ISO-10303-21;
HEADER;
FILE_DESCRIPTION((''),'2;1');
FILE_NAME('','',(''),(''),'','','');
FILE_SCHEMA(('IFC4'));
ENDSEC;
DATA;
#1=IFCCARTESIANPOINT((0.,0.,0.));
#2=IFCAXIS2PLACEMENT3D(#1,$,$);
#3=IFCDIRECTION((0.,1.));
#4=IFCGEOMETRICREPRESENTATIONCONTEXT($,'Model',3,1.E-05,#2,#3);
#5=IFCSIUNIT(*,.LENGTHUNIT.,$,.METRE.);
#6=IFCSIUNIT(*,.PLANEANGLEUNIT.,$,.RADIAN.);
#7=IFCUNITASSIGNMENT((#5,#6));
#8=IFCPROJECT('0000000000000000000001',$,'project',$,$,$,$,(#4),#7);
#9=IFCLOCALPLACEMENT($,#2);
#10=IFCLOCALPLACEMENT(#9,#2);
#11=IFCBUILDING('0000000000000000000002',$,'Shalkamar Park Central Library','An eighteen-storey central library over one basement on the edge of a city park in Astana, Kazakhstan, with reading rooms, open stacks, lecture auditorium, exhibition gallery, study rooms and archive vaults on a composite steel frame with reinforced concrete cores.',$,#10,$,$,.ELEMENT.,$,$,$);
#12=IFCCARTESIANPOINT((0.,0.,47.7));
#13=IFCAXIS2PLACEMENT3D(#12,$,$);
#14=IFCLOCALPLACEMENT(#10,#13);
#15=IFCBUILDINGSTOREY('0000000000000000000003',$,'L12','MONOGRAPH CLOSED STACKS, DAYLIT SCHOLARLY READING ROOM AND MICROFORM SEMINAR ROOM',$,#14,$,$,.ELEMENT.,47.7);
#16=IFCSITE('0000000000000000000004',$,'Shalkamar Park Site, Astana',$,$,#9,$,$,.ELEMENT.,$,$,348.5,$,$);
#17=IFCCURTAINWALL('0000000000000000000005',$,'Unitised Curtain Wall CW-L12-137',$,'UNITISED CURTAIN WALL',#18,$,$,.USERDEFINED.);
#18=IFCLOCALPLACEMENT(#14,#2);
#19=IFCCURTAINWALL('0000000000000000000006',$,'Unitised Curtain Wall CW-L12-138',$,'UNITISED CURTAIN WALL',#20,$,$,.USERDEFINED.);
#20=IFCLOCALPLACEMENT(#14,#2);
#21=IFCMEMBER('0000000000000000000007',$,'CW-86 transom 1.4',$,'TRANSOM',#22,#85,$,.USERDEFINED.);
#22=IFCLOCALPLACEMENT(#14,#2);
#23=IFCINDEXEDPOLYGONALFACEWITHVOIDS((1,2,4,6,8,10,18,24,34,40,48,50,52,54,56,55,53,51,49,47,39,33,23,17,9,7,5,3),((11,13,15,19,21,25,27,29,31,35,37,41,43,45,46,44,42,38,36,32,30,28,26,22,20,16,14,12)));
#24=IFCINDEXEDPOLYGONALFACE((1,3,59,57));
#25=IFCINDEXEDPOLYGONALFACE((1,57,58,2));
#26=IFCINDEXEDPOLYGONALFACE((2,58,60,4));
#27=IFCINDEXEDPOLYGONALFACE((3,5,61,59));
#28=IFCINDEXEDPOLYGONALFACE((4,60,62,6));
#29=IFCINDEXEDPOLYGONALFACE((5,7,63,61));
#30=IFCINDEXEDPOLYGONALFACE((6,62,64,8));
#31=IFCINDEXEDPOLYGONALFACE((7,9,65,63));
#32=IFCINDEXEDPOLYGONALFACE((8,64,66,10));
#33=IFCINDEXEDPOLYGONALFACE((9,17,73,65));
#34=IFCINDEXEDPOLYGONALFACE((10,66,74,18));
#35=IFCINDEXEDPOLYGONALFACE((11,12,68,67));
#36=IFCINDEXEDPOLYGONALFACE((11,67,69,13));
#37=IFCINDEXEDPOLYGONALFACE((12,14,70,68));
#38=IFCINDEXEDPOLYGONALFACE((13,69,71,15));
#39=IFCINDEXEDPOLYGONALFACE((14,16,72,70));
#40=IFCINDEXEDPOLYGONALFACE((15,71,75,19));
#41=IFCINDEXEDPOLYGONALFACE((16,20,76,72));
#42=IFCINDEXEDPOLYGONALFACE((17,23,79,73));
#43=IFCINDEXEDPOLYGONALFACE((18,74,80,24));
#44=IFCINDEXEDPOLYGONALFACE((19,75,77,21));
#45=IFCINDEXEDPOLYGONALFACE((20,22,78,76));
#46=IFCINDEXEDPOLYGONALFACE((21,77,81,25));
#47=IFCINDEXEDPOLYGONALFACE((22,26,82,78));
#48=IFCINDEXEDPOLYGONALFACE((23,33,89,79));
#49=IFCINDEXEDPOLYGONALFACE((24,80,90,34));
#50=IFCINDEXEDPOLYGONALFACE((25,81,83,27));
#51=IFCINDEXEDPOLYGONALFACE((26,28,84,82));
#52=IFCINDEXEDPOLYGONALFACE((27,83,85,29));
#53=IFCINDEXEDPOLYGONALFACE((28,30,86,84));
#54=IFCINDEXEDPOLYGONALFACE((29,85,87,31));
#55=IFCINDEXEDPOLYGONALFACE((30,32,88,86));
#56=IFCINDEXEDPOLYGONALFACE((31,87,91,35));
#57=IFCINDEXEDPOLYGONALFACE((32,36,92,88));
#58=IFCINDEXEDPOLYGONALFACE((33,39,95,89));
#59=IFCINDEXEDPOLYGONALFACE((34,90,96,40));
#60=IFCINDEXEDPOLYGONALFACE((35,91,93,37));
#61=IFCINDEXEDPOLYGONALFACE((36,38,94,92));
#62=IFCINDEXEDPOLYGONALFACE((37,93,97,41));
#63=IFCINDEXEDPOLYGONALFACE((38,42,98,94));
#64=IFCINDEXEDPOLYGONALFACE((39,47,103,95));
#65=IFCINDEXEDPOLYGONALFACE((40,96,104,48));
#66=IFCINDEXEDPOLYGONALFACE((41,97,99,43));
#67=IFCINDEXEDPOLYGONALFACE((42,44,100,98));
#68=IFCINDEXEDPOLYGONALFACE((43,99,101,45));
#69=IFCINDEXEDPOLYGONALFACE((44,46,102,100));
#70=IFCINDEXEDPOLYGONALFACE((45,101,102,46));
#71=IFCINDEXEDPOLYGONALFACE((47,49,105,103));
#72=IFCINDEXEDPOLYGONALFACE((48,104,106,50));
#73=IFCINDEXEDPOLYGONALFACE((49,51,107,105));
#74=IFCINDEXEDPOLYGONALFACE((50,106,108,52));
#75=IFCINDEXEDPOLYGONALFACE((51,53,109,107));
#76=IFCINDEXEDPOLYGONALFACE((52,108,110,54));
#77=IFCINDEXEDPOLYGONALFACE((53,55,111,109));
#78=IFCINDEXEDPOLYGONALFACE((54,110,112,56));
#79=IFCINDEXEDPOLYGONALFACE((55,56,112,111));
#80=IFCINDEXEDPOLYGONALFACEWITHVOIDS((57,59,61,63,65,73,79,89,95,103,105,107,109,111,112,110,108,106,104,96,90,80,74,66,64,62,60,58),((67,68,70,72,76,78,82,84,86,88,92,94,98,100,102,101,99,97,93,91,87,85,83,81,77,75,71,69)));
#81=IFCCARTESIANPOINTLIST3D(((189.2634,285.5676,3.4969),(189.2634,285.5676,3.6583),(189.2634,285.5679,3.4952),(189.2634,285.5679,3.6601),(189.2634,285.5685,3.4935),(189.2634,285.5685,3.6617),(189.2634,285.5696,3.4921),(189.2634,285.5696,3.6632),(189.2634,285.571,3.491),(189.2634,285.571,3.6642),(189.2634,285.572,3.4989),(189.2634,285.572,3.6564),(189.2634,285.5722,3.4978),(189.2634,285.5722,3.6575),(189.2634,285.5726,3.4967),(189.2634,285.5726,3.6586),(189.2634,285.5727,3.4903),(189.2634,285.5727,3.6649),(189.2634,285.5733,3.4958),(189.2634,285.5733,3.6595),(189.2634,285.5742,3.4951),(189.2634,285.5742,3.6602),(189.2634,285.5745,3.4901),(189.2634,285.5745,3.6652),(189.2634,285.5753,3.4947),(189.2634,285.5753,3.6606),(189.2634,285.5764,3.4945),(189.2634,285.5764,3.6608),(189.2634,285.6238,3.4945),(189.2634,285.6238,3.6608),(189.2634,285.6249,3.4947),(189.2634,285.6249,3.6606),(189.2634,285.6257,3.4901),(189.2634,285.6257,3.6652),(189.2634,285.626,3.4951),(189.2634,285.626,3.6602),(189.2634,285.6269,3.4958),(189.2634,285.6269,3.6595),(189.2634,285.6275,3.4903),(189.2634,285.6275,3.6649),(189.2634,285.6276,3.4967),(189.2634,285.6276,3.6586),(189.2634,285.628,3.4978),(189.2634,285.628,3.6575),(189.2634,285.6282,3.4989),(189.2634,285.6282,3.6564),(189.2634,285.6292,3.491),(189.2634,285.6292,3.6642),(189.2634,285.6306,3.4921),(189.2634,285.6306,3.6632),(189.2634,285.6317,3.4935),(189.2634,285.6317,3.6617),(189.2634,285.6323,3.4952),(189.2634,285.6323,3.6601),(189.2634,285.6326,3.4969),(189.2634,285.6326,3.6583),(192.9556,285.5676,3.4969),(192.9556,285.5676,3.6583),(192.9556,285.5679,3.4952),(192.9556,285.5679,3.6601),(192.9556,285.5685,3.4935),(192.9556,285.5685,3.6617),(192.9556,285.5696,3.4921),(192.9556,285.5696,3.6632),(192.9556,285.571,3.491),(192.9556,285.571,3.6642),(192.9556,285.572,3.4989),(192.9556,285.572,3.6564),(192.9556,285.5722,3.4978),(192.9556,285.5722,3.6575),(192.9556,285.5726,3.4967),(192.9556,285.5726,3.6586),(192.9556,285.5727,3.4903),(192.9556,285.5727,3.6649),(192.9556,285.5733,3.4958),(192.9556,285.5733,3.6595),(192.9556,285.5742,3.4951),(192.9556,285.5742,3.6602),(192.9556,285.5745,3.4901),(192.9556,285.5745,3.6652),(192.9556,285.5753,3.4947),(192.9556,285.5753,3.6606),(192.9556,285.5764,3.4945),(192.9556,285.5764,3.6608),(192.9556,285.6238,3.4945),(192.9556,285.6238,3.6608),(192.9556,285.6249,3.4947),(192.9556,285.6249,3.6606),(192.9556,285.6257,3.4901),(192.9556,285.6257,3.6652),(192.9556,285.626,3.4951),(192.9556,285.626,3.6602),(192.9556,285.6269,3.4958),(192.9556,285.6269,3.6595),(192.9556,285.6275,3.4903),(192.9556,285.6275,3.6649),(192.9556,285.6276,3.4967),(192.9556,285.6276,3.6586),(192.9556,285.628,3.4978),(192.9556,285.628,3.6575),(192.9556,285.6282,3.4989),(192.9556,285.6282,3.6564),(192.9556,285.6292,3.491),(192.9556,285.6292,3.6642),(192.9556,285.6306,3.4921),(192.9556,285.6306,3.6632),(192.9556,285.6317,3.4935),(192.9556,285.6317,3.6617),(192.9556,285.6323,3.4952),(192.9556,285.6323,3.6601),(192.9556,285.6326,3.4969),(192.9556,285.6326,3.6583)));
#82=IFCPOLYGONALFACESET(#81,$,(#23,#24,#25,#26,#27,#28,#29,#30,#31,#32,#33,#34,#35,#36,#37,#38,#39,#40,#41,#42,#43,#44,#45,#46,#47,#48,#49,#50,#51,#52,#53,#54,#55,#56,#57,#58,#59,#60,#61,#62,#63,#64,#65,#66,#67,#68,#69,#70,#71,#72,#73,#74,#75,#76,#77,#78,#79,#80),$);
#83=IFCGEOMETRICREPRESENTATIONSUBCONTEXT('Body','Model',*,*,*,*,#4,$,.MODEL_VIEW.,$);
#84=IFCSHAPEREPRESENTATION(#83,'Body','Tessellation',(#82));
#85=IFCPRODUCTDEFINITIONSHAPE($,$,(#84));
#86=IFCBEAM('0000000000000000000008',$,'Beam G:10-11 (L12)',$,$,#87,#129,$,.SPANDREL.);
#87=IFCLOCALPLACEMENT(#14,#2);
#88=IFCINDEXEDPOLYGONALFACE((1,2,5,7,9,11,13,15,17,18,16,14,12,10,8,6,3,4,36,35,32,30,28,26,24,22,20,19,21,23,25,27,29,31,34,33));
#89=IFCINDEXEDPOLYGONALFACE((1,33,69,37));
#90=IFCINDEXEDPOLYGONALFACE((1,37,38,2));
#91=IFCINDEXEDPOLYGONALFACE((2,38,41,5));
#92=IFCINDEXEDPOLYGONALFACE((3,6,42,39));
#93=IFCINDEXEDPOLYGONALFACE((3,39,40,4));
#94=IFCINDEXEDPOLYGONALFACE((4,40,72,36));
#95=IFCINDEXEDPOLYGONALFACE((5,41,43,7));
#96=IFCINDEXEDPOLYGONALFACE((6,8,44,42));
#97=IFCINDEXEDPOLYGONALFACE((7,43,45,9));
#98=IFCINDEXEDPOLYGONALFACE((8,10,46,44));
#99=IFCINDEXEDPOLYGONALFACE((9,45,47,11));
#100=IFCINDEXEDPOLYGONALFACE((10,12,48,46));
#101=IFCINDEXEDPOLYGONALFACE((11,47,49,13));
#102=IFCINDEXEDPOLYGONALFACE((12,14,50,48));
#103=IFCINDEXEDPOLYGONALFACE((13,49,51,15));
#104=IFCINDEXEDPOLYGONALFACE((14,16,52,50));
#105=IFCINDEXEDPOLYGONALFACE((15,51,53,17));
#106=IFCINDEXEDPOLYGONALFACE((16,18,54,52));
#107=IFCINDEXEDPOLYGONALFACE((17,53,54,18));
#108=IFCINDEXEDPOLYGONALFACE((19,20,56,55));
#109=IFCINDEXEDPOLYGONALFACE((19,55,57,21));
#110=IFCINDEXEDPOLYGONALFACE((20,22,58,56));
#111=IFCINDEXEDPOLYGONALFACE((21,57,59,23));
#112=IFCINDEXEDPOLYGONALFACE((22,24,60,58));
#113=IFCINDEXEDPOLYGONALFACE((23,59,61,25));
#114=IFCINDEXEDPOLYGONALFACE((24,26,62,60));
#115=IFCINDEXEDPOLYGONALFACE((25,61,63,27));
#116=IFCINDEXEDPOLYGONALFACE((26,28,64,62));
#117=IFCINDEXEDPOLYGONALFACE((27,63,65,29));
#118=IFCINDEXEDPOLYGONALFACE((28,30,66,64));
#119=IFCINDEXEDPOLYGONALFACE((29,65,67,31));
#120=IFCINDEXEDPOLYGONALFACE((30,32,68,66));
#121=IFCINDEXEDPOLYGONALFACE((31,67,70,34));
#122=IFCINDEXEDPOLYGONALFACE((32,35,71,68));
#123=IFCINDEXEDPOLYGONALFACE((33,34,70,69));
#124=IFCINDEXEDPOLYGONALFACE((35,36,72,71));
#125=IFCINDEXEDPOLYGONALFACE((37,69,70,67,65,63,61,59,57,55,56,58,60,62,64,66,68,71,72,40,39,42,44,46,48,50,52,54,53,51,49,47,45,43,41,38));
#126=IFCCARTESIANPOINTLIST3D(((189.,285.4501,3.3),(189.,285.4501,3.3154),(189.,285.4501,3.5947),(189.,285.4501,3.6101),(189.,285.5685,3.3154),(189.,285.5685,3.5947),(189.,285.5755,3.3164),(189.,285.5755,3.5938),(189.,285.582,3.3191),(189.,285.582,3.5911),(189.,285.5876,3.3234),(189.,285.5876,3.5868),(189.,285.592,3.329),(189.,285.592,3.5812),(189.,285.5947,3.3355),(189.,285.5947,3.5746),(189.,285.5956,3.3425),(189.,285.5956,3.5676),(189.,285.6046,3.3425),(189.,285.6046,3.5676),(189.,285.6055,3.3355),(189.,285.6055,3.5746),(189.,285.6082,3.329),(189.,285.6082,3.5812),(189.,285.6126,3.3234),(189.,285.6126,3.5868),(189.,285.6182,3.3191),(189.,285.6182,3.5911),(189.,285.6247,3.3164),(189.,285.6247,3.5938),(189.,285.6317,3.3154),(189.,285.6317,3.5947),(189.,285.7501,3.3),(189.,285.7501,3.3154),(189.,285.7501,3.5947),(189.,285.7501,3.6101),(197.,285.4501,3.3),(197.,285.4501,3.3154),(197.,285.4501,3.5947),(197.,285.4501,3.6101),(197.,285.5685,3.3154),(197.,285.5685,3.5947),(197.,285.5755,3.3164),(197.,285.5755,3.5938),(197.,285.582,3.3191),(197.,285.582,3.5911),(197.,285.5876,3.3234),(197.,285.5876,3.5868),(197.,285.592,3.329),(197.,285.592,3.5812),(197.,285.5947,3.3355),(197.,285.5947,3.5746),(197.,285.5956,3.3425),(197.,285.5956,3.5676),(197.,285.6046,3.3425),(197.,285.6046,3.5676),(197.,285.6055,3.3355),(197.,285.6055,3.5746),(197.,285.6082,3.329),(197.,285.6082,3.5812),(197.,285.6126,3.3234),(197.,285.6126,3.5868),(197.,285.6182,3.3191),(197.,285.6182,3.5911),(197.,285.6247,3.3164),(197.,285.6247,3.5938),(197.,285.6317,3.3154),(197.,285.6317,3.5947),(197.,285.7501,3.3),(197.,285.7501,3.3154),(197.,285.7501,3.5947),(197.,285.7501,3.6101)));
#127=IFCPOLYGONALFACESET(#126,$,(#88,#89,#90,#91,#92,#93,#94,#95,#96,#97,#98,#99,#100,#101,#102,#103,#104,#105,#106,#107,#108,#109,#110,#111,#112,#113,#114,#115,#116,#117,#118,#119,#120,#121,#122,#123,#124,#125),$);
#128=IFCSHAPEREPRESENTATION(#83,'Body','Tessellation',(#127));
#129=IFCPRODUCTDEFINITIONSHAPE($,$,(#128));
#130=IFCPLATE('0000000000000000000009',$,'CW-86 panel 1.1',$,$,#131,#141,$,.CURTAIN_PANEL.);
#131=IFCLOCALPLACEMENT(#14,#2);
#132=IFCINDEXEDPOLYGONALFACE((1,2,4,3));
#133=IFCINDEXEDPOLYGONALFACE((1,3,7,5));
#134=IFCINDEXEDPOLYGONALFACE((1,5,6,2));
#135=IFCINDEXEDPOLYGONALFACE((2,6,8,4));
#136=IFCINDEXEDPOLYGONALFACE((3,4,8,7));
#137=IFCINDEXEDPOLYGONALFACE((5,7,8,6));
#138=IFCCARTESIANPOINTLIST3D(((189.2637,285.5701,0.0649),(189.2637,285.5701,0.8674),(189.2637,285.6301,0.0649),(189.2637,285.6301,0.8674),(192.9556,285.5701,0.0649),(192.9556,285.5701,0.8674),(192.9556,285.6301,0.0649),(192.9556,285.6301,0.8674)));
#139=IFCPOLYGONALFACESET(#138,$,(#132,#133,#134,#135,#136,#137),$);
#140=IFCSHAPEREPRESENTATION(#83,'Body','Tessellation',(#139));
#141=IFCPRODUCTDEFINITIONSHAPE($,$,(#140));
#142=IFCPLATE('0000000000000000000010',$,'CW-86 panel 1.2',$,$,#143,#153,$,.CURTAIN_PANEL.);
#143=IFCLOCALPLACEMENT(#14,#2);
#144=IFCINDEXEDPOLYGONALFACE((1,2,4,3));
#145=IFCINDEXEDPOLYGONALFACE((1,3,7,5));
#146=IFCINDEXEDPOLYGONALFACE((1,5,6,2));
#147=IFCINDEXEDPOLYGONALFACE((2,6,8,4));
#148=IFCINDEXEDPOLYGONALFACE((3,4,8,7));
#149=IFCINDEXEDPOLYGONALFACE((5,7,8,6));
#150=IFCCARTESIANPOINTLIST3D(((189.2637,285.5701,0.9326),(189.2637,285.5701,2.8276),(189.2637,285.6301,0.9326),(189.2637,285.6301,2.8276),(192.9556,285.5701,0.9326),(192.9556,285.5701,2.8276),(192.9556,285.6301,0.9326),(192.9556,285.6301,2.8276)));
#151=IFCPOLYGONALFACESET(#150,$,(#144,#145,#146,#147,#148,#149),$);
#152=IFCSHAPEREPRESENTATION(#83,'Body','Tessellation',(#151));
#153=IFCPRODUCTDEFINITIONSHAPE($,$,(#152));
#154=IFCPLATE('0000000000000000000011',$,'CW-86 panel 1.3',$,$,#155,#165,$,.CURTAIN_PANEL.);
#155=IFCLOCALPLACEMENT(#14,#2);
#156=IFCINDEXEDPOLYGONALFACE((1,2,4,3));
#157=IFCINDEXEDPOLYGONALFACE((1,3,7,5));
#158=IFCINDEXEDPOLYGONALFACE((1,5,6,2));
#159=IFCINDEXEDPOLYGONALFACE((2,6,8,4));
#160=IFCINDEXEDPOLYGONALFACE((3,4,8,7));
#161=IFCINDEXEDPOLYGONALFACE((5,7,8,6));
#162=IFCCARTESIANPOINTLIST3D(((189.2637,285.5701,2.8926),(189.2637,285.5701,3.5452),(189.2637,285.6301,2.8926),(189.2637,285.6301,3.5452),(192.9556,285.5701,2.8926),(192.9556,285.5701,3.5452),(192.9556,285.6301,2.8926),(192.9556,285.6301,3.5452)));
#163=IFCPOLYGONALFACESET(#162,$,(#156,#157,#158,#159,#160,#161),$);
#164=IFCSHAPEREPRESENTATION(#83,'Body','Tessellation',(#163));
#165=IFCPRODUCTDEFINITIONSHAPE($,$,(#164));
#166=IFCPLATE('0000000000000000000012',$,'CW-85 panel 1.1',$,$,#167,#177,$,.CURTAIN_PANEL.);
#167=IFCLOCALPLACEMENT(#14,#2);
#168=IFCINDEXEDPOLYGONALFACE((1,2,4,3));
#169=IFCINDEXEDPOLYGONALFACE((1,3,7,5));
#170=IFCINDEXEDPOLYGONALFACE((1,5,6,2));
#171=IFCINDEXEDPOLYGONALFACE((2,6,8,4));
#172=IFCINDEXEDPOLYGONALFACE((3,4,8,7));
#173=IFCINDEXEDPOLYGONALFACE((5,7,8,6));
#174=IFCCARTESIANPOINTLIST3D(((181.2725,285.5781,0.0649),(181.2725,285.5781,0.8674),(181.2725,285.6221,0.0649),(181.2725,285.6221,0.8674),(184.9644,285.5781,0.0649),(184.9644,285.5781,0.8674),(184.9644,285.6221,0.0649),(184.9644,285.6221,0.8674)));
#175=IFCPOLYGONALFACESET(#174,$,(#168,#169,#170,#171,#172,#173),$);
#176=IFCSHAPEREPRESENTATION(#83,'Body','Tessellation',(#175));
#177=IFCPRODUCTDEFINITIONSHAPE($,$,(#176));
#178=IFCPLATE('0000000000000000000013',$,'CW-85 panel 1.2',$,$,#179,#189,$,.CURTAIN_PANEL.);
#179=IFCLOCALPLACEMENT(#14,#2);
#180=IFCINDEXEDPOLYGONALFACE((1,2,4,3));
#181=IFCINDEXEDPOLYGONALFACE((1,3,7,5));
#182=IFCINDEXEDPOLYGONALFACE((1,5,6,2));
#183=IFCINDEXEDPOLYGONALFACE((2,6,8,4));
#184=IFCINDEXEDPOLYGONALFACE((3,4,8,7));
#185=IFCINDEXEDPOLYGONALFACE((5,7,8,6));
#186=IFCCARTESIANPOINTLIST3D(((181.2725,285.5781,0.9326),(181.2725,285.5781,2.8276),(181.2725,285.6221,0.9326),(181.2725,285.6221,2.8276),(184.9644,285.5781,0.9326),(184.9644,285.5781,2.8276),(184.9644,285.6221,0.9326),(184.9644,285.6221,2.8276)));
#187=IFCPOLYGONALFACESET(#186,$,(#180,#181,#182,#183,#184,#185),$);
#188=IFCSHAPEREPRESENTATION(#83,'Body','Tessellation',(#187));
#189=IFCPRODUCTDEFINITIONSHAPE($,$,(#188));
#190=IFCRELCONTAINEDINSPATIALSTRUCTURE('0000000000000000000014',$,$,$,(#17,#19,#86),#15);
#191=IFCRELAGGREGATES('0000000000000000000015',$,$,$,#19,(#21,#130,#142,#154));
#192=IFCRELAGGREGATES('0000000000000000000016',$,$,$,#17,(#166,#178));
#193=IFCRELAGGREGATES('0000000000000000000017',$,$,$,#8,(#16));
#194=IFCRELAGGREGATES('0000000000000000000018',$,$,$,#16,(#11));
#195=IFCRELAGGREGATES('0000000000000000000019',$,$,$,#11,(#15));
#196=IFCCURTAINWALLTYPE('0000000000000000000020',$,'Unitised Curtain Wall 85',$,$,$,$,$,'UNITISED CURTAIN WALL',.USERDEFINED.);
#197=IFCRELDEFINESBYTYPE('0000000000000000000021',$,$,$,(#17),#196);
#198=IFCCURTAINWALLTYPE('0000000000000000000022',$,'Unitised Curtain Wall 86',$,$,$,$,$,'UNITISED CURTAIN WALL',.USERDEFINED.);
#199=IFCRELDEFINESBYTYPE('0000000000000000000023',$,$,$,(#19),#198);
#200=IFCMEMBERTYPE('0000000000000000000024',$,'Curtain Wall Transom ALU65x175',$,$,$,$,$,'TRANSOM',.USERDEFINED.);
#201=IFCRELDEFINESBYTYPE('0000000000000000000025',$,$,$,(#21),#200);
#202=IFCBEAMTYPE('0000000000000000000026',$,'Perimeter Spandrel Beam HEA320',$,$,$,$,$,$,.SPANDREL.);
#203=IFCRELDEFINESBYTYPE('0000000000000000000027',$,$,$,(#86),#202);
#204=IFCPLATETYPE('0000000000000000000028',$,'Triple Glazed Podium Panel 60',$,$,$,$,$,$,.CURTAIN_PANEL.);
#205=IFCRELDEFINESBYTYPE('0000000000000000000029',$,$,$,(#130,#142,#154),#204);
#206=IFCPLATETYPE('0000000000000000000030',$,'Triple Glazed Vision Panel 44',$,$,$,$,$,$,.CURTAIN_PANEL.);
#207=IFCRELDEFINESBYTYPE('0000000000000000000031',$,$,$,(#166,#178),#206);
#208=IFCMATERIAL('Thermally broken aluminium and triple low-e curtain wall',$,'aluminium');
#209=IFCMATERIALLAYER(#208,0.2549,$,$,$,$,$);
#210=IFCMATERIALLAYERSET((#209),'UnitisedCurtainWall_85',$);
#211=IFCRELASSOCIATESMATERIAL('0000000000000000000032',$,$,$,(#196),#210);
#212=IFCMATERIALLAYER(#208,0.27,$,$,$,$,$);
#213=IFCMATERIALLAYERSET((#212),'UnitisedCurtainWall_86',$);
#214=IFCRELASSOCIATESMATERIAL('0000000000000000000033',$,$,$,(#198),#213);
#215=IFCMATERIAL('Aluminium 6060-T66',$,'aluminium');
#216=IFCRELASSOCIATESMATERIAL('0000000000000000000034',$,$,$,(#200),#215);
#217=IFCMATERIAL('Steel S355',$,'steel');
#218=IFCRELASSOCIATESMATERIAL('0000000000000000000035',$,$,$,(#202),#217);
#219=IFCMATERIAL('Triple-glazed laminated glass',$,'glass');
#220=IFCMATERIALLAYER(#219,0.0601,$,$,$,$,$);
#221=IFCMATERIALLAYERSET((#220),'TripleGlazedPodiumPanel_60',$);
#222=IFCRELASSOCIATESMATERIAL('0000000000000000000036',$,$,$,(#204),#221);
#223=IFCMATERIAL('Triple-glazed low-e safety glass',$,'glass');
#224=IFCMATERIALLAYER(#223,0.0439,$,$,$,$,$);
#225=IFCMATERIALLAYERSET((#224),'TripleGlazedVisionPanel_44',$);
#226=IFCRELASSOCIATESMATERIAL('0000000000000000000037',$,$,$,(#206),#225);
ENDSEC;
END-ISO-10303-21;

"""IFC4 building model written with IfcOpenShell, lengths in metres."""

from ifc_helpers import new_model, si_unit, direction, frame, origin, origin_2d, place, context, subcontext, project, spatial, rectangle, hollow_rectangle, i_section, extrude, material, layer, layer_set, material_profile, profile_set, type_object, element, aggregate, save


model = new_model("IFC4")

# Units and contexts
model_context = context("Model", 3, precision=1e-05, world=origin(), true_north=direction((0.0, 1.0)))
body_context = subcontext(model_context, "Body", "Model", "MODEL_VIEW")
ifc_project = project(units=[si_unit("LENGTHUNIT", "METRE"), si_unit("PLANEANGLEUNIT", "RADIAN")], contexts=[model_context])

# Site, building, storey
site_placement = place(None, origin())
site = spatial("IfcSite", under=ifc_project, at=site_placement, Name="Shalkamar Park Site, Astana", CompositionType="ELEMENT", RefElevation=348.5)
building_placement = place(site_placement, origin())
building = spatial("IfcBuilding", under=site, at=building_placement, Name="Shalkamar Park Central Library", Description="An eighteen-storey central library over one basement on the edge of a city park in Astana, Kazakhstan, with reading rooms, open stacks, lecture auditorium, exhibition gallery, study rooms and archive vaults on a composite steel frame with reinforced concrete cores.", CompositionType="ELEMENT")
storey_placement = place(building_placement, frame((0.0, 0.0, 47.7)))
storey = spatial("IfcBuildingStorey", under=building, at=storey_placement, Name="L12", Description="MONOGRAPH CLOSED STACKS, DAYLIT SCHOLARLY READING ROOM AND MICROFORM SEMINAR ROOM", CompositionType="ELEMENT", Elevation=47.7)

# Shared definitions
ifc_material_1 = material(Name="Steel S355", Category="steel")

# Curtain wall
ifc_material_2 = material(Name="Thermally broken aluminium and triple low-e curtain wall", Category="aluminium")
ifc_layer_1 = layer(ifc_material_2, 0.2549)
ifc_layer_set_1 = layer_set([ifc_layer_1], Name="UnitisedCurtainWall_85")
curtain_wall_type_1 = type_object("IfcCurtainWallType", Name="Unitised Curtain Wall 85", ElementType="UNITISED CURTAIN WALL", PredefinedType="USERDEFINED", material=ifc_layer_set_1)
curtain_wall_1_placement = place(storey_placement, origin())
curtain_wall_1 = element("IfcCurtainWall", 1, at=curtain_wall_1_placement, inside=storey, type_object=curtain_wall_type_1, Name="Unitised Curtain Wall CW-L12-137", ObjectType="UNITISED CURTAIN WALL", PredefinedType="USERDEFINED")
ifc_material_3 = material(Name="Aluminium 6060-T66", Category="aluminium")

# Curtain wall
ifc_layer_2 = layer(ifc_material_2, 0.27)
ifc_layer_set_2 = layer_set([ifc_layer_2], Name="UnitisedCurtainWall_86")
curtain_wall_type_2 = type_object("IfcCurtainWallType", Name="Unitised Curtain Wall 86", ElementType="UNITISED CURTAIN WALL", PredefinedType="USERDEFINED", material=ifc_layer_set_2)
curtain_wall_2_placement = place(storey_placement, origin())
curtain_wall_2 = element("IfcCurtainWall", 2, at=curtain_wall_2_placement, inside=storey, type_object=curtain_wall_type_2, Name="Unitised Curtain Wall CW-L12-138", ObjectType="UNITISED CURTAIN WALL", PredefinedType="USERDEFINED")

# Member
ifc_material_profile_1 = material_profile(ifc_material_3, hollow_rectangle(XDim=0.0649, YDim=0.175, WallThickness=0.0044, InnerFilletRadius=0.0044, OuterFilletRadius=0.0068, at=origin_2d()), Name="ALU 65x175x4.5")
ifc_profile_set_1 = profile_set([ifc_material_profile_1], Name="Aluminium 6060-T66")
member_type_1 = type_object("IfcMemberType", Name="Curtain Wall Transom ALU65x175", ElementType="TRANSOM", PredefinedType="USERDEFINED", material=ifc_profile_set_1)
member_1_placement = place(storey_placement, frame((189.2634, 285.6001, 3.5776), z_axis=(1.0, 0.0, 0.0), x_axis=(0.0, 1.0, 0.0)))
member_1 = element("IfcMember", 3, at=member_1_placement, type_object=member_type_1, Name="CW-86 transom 1.4", ObjectType="TRANSOM", PredefinedType="USERDEFINED", context=body_context, shape_type="SweptSolid", body=[
    extrude(hollow_rectangle(XDim=0.0649, YDim=0.175, WallThickness=0.0044, InnerFilletRadius=0.0044, OuterFilletRadius=0.0068, at=origin_2d()), origin(), (0.0, 0.0, 1.0), 3.6921),
])

# Beam
ifc_material_profile_2 = material_profile(ifc_material_1, i_section(OverallWidth=0.3, OverallDepth=0.3101, WebThickness=0.009, FlangeThickness=0.0154, FilletRadius=0.0271, at=origin_2d()), Name="HEA 320")
ifc_profile_set_2 = profile_set([ifc_material_profile_2], Name="Steel S355")
beam_type = type_object("IfcBeamType", Name="Perimeter Spandrel Beam HEA320", PredefinedType="SPANDREL", material=ifc_profile_set_2)
beam_placement = place(storey_placement, frame((189.0, 285.6001, 3.4551), z_axis=(1.0, 0.0, 0.0), x_axis=(0.0, 1.0, 0.0)))
element("IfcBeam", 4, at=beam_placement, inside=storey, type_object=beam_type, Name="Beam G:10-11 (L12)", PredefinedType="SPANDREL", context=body_context, shape_type="SweptSolid", body=[
    extrude(i_section(OverallWidth=0.3, OverallDepth=0.3101, WebThickness=0.009, FlangeThickness=0.0154, FilletRadius=0.0271, at=origin_2d()), origin(), (0.0, 0.0, 1.0), 8.0),
])

# Plates
ifc_material_4 = material(Name="Triple-glazed laminated glass", Category="glass")
ifc_layer_3 = layer(ifc_material_4, 0.0601)
ifc_layer_set_3 = layer_set([ifc_layer_3], Name="TripleGlazedPodiumPanel_60")
plate_type_1 = type_object("IfcPlateType", Name="Triple Glazed Podium Panel 60", PredefinedType="CURTAIN_PANEL", material=ifc_layer_set_3)
plate_1_placement = place(storey_placement, frame((191.1096, 285.6001, 0.0649), z_axis=(0.0, 0.0, 1.0), x_axis=(1.0, 0.0, 0.0)))
plate_1 = element("IfcPlate", 5, at=plate_1_placement, type_object=plate_type_1, Name="CW-86 panel 1.1", PredefinedType="CURTAIN_PANEL", context=body_context, shape_type="SweptSolid", body=[
    extrude(rectangle(XDim=3.6919, YDim=0.0601, at=origin_2d()), origin(), (0.0, 0.0, 1.0), 0.8025),
])
plate_2_placement = place(storey_placement, frame((191.1096, 285.6001, 0.9326), z_axis=(0.0, 0.0, 1.0), x_axis=(1.0, 0.0, 0.0)))
plate_2 = element("IfcPlate", 6, at=plate_2_placement, type_object=plate_type_1, Name="CW-86 panel 1.2", PredefinedType="CURTAIN_PANEL", context=body_context, shape_type="SweptSolid", body=[
    extrude(rectangle(XDim=3.6919, YDim=0.0601, at=origin_2d()), origin(), (0.0, 0.0, 1.0), 1.895),
])
plate_3_placement = place(storey_placement, frame((191.1096, 285.6001, 2.8926), z_axis=(0.0, 0.0, 1.0), x_axis=(1.0, 0.0, 0.0)))
plate_3 = element("IfcPlate", 7, at=plate_3_placement, type_object=plate_type_1, Name="CW-86 panel 1.3", PredefinedType="CURTAIN_PANEL", context=body_context, shape_type="SweptSolid", body=[
    extrude(rectangle(XDim=3.6919, YDim=0.0601, at=origin_2d()), origin(), (0.0, 0.0, 1.0), 0.6526),
])
aggregate(curtain_wall_2, [member_1, plate_1, plate_2, plate_3])
ifc_material_5 = material(Name="Triple-glazed low-e safety glass", Category="glass")
ifc_layer_4 = layer(ifc_material_5, 0.0439)
ifc_layer_set_4 = layer_set([ifc_layer_4], Name="TripleGlazedVisionPanel_44")
plate_type_2 = type_object("IfcPlateType", Name="Triple Glazed Vision Panel 44", PredefinedType="CURTAIN_PANEL", material=ifc_layer_set_4)
plate_4_placement = place(storey_placement, frame((183.1184, 285.6001, 0.0649), z_axis=(0.0, 0.0, 1.0), x_axis=(1.0, 0.0, 0.0)))
plate_4 = element("IfcPlate", 8, at=plate_4_placement, type_object=plate_type_2, Name="CW-85 panel 1.1", PredefinedType="CURTAIN_PANEL", context=body_context, shape_type="SweptSolid", body=[
    extrude(rectangle(XDim=3.6919, YDim=0.0439, at=origin_2d()), origin(), (0.0, 0.0, 1.0), 0.8025),
])
plate_5_placement = place(storey_placement, frame((183.1184, 285.6001, 0.9326), z_axis=(0.0, 0.0, 1.0), x_axis=(1.0, 0.0, 0.0)))
plate_5 = element("IfcPlate", 9, at=plate_5_placement, type_object=plate_type_2, Name="CW-85 panel 1.2", PredefinedType="CURTAIN_PANEL", context=body_context, shape_type="SweptSolid", body=[
    extrude(rectangle(XDim=3.6919, YDim=0.0439, at=origin_2d()), origin(), (0.0, 0.0, 1.0), 1.895),
])
aggregate(curtain_wall_1, [plate_4, plate_5])

save(model, "model.ifc")
